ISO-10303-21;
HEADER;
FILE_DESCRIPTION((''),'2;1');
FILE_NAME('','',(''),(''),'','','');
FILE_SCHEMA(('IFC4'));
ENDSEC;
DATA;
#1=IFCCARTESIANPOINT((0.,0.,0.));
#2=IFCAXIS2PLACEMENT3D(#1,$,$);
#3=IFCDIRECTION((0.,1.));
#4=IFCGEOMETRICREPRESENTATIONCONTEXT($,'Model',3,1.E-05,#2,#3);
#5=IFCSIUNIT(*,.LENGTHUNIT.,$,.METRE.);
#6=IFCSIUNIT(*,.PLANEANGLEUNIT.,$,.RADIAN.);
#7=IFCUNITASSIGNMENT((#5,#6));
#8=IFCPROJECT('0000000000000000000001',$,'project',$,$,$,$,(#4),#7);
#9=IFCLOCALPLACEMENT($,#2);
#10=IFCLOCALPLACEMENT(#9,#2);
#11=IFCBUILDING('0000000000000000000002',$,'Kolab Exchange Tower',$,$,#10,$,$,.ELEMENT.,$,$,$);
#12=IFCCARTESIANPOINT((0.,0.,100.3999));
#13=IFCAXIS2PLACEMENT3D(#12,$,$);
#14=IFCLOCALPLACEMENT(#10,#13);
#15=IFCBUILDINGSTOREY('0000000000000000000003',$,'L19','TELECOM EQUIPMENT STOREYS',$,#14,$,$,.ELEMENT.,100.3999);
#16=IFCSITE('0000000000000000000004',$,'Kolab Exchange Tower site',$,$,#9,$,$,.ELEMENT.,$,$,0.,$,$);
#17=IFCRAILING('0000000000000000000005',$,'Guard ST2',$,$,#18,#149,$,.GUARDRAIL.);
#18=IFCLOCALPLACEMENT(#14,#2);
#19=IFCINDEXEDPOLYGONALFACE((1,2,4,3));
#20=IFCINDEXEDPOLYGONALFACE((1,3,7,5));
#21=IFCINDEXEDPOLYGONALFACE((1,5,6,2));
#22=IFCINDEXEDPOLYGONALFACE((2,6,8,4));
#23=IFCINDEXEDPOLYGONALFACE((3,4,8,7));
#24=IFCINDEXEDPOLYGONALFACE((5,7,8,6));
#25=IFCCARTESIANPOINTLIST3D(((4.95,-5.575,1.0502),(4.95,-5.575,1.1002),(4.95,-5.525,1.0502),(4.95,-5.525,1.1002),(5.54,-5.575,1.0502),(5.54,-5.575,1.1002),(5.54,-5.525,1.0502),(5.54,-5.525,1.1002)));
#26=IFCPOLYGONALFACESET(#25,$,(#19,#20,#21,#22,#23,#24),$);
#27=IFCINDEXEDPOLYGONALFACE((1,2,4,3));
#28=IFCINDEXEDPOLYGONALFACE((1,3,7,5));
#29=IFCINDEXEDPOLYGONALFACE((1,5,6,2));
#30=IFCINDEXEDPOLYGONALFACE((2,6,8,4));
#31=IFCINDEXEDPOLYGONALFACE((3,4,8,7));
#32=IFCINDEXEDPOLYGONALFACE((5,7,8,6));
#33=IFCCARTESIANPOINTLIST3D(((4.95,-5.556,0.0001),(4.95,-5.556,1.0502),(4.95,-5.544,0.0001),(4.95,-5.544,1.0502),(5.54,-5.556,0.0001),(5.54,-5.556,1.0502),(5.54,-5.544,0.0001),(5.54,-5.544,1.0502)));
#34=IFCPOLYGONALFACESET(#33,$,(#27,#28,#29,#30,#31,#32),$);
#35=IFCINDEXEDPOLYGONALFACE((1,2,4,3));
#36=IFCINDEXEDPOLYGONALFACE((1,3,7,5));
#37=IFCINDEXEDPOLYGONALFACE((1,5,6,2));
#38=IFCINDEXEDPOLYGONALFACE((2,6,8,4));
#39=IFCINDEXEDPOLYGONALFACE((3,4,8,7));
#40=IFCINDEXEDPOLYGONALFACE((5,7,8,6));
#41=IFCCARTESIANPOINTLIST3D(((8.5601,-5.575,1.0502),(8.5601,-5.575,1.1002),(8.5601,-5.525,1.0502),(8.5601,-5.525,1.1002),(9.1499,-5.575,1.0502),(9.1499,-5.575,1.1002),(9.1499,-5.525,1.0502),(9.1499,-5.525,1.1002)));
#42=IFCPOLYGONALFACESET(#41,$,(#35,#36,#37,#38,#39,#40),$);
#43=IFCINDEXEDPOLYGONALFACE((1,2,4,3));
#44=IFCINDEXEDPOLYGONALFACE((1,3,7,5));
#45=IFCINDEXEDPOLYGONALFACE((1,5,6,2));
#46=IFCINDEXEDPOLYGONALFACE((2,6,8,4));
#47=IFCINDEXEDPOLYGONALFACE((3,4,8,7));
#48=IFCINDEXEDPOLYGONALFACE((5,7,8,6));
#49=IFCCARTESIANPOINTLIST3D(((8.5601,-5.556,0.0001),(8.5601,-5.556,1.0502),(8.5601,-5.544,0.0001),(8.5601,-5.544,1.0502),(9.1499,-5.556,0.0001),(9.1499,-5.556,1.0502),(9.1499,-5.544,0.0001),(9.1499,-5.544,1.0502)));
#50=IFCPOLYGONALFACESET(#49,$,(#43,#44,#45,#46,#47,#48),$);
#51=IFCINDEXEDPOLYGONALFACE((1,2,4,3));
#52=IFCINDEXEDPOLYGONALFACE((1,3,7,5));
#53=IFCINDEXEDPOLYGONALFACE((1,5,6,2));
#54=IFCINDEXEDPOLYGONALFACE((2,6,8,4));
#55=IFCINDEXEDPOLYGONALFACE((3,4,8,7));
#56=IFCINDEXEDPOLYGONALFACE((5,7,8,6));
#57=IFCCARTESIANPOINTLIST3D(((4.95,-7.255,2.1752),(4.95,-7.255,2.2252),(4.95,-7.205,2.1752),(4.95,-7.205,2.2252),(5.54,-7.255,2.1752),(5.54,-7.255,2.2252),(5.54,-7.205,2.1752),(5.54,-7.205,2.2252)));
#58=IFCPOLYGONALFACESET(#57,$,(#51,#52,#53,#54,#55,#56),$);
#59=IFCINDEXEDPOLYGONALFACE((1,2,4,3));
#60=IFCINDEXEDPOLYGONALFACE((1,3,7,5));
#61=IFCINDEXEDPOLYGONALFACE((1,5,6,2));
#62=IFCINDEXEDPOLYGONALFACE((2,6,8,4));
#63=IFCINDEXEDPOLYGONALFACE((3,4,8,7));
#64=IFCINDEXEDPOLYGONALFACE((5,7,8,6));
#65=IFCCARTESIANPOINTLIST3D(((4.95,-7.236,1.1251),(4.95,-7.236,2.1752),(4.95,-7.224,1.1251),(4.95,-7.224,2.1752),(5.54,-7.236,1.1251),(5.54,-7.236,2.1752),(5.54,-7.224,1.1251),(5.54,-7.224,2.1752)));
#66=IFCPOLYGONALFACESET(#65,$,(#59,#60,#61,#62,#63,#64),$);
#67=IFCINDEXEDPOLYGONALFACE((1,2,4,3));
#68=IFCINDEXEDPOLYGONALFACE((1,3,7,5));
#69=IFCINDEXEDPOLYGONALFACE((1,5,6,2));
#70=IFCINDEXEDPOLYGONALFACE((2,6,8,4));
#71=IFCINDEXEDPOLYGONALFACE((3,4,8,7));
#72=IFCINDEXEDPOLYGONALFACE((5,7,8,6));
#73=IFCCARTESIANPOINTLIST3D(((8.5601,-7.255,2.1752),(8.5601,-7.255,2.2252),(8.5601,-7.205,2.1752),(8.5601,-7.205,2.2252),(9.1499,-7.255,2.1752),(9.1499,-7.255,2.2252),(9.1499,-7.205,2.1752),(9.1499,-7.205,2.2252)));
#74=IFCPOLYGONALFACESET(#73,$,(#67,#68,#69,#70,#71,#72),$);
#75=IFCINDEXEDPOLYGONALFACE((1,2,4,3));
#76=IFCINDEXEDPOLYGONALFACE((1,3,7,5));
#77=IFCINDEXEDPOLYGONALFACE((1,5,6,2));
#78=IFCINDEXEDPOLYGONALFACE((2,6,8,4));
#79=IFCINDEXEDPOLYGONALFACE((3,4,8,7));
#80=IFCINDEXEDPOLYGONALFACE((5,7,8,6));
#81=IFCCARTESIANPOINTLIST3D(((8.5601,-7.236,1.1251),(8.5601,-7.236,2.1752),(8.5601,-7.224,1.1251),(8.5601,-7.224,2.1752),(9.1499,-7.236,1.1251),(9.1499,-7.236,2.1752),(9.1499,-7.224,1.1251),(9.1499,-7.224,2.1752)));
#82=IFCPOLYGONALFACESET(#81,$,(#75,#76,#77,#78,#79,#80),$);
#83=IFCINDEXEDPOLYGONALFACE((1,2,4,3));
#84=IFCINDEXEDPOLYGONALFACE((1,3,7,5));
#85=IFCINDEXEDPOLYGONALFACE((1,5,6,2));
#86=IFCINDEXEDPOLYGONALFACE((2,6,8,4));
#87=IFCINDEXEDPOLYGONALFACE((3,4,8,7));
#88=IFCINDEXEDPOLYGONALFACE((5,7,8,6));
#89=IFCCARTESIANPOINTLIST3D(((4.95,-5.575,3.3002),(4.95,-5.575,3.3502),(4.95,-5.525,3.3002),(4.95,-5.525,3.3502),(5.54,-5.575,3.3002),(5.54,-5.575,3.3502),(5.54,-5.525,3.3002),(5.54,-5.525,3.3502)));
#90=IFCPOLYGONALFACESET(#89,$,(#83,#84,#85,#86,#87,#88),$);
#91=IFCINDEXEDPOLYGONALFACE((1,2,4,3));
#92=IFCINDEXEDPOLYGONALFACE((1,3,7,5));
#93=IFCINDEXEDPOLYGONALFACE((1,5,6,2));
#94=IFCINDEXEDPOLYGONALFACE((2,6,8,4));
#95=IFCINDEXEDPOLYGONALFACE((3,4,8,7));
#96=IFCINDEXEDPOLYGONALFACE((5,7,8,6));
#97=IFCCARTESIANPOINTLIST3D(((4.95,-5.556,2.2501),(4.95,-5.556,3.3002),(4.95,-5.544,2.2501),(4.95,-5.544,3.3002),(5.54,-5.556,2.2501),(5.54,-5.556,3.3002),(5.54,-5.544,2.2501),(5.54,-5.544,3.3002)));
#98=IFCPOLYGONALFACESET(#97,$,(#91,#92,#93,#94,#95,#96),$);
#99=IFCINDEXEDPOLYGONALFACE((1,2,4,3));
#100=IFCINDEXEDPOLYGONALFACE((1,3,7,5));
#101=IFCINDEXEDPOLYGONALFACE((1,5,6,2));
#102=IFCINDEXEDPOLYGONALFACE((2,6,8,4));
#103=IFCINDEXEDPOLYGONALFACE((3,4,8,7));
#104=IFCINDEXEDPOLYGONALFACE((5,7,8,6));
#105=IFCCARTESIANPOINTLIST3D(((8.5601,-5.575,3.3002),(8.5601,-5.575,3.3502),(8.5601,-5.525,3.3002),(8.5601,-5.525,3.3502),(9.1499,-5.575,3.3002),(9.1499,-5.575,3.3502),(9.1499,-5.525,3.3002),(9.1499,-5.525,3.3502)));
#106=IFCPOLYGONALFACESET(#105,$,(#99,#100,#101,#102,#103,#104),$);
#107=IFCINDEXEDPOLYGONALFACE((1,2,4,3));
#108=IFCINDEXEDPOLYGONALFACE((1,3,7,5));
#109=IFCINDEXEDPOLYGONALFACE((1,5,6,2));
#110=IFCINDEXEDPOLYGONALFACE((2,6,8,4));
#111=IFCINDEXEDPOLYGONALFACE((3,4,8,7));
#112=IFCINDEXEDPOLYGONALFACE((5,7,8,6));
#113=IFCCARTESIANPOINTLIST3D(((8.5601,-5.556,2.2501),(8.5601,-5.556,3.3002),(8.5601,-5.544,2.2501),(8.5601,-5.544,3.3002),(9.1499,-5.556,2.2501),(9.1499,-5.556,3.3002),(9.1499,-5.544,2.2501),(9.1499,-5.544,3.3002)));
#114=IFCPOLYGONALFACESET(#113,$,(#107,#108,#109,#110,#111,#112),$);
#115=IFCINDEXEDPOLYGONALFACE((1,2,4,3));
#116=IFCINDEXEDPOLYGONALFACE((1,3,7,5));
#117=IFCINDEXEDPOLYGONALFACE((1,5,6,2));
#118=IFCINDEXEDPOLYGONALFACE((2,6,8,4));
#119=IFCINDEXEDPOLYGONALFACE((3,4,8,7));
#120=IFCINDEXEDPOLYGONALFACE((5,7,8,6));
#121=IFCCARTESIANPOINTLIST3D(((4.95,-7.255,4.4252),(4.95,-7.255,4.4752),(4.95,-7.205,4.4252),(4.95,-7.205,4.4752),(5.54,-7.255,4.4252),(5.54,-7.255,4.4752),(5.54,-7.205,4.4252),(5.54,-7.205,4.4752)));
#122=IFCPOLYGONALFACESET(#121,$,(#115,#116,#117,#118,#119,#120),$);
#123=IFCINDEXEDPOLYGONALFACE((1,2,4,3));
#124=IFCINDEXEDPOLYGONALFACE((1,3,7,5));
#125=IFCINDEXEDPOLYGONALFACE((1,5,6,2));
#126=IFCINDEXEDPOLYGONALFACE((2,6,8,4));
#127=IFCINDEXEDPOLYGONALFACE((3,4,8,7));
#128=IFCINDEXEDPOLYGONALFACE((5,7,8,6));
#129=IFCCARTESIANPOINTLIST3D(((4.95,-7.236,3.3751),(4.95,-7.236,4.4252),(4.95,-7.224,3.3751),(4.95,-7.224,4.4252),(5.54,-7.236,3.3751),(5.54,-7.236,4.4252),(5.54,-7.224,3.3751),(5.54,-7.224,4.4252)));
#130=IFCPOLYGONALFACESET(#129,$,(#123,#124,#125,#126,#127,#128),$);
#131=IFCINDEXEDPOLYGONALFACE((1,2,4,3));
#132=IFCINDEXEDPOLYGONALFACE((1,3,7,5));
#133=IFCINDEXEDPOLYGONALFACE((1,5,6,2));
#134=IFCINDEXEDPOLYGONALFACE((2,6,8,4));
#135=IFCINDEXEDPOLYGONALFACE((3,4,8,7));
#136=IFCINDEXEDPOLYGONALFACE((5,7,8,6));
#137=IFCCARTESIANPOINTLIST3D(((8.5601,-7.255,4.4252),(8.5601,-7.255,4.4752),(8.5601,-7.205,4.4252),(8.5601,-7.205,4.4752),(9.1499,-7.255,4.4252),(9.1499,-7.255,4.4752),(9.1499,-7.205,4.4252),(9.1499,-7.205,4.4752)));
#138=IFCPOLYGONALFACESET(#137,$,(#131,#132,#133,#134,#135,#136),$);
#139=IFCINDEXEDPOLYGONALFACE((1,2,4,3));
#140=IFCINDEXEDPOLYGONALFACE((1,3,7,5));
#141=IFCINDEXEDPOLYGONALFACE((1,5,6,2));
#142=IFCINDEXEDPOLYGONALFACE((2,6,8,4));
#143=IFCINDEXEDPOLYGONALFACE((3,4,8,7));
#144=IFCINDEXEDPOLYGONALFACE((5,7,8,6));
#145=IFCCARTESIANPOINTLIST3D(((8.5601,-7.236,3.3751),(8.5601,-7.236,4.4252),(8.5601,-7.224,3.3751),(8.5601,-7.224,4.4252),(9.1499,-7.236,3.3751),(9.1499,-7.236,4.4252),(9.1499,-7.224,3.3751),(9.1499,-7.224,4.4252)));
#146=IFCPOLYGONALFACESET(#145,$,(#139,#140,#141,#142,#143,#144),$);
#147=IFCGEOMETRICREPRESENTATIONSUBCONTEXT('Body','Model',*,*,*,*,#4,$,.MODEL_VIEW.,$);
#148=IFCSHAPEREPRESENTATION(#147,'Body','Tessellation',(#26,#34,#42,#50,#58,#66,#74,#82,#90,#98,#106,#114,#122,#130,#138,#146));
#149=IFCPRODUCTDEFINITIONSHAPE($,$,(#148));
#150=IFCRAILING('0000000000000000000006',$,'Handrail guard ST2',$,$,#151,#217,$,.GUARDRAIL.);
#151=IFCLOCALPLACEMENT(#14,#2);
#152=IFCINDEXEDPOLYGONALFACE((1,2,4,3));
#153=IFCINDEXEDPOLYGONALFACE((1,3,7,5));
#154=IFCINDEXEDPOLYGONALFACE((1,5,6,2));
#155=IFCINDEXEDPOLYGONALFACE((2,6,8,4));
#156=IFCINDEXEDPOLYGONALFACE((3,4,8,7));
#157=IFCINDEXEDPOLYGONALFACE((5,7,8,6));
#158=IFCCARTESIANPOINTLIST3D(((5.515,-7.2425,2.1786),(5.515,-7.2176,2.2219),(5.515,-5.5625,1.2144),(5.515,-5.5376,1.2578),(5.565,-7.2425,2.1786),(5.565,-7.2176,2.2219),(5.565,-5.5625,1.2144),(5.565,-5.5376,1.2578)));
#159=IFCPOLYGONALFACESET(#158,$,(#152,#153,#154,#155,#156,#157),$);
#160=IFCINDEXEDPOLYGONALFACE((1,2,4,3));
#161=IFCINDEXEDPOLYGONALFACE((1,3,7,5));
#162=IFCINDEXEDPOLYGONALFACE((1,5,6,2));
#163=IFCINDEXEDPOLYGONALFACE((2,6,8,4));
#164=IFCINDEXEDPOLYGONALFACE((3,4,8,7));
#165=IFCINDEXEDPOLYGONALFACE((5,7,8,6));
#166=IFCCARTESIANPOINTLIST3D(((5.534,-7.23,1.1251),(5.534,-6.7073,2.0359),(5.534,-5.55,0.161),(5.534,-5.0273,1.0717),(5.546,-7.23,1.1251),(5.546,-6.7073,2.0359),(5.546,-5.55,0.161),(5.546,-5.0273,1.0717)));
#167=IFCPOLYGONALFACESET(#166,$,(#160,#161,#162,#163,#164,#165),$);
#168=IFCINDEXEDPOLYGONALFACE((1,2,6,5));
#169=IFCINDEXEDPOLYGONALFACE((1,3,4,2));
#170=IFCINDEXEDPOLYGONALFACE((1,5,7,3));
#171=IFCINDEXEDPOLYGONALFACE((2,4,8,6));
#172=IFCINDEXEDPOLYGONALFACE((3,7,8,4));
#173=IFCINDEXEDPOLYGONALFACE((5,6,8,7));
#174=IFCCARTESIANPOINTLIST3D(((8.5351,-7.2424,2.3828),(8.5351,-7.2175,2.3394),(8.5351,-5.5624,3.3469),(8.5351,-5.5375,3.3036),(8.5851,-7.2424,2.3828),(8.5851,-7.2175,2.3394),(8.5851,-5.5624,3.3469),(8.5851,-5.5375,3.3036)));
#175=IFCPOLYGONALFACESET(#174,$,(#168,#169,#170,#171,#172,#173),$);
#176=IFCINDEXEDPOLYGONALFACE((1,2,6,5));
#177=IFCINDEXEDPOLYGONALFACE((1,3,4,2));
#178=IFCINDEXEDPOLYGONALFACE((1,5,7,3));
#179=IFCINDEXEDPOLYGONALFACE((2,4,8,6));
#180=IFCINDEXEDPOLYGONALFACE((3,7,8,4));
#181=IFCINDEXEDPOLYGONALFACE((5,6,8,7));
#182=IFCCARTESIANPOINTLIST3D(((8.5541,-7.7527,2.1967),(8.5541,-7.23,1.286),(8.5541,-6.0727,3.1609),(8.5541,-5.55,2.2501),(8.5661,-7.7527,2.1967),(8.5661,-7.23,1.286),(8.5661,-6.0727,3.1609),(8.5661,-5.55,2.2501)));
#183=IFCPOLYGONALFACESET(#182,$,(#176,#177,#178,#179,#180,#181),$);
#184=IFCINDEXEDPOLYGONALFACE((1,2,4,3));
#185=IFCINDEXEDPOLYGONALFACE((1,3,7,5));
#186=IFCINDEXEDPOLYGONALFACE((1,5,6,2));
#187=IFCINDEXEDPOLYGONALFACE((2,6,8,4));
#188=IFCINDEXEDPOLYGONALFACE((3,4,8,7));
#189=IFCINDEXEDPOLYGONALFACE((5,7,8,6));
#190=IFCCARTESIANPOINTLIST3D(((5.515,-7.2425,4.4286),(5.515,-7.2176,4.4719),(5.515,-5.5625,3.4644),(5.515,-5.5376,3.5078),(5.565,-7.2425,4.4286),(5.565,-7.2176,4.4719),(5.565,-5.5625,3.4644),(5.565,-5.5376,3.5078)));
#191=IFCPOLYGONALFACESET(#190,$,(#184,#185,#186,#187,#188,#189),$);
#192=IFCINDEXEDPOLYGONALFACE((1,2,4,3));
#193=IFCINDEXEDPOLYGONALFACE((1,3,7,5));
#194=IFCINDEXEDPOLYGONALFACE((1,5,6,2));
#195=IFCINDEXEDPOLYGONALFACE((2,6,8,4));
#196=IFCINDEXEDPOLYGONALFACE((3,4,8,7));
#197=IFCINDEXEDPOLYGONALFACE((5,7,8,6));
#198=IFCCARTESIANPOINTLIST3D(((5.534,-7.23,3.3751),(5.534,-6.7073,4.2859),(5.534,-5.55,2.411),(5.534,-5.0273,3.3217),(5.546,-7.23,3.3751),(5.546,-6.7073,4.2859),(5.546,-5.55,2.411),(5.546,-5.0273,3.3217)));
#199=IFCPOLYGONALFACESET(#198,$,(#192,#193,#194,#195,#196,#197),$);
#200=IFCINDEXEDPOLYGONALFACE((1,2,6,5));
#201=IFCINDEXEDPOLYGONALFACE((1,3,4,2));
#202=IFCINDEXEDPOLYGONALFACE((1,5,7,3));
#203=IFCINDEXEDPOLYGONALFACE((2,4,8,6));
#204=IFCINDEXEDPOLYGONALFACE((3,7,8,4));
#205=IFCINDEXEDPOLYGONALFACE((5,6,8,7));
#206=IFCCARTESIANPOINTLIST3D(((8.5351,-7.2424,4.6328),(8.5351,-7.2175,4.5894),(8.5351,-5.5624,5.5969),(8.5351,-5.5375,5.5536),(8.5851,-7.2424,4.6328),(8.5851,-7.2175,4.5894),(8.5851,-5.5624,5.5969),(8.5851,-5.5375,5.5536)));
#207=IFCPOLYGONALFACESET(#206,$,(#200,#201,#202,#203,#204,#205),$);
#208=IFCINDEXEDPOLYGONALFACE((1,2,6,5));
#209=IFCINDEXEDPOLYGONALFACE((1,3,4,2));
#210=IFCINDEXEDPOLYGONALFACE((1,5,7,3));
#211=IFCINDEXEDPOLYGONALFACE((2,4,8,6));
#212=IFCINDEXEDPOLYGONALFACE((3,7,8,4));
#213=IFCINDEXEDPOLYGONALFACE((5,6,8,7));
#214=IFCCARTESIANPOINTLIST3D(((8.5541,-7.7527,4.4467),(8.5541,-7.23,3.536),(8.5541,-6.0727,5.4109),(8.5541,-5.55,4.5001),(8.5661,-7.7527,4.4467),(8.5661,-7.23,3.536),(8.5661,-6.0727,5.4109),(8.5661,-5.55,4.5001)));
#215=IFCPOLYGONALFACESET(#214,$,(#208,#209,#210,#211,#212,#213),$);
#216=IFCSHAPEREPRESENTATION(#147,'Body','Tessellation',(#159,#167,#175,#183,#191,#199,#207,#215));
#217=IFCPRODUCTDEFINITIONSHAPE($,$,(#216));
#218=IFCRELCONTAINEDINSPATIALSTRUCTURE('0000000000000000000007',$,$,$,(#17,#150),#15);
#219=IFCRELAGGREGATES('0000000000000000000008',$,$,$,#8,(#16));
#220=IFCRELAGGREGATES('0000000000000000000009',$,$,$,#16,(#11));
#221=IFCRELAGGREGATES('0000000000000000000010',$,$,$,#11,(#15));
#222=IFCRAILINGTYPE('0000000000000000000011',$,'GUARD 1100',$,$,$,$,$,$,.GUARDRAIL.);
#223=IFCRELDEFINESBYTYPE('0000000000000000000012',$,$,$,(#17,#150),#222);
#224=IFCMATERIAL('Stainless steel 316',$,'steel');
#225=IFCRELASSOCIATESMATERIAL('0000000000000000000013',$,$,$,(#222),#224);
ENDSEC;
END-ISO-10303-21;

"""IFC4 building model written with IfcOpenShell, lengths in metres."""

from ifc_helpers import new_model, si_unit, direction, frame, frame_2d, origin, origin_2d, place, context, subcontext, project, spatial, rectangle, extrude, material, type_object, element, save


model = new_model("IFC4")

# Units and contexts
model_context = context("Model", 3, precision=1e-05, world=origin(), true_north=direction((0.0, 1.0)))
body_context = subcontext(model_context, "Body", "Model", "MODEL_VIEW")
ifc_project = project(units=[si_unit("LENGTHUNIT", "METRE"), si_unit("PLANEANGLEUNIT", "RADIAN")], contexts=[model_context])

# Site, building, storey
site_placement = place(None, origin())
site = spatial("IfcSite", under=ifc_project, at=site_placement, Name="Kolab Exchange Tower site", CompositionType="ELEMENT", RefElevation=0.0)
building_placement = place(site_placement, origin())
building = spatial("IfcBuilding", under=site, at=building_placement, Name="Kolab Exchange Tower", CompositionType="ELEMENT")
storey_placement = place(building_placement, frame((0.0, 0.0, 100.3999)))
storey = spatial("IfcBuildingStorey", under=building, at=storey_placement, Name="L19", Description="TELECOM EQUIPMENT STOREYS", CompositionType="ELEMENT", Elevation=100.3999)

# Shared definitions
ifc_material_1 = material(Name="Stainless steel 316", Category="steel")

# Railings
railing_type = type_object("IfcRailingType", Name="GUARD 1100", PredefinedType="GUARDRAIL", material=ifc_material_1)
railing_1_placement = place(storey_placement, frame((4.95, -5.55, 0.0)))
element("IfcRailing", 1, at=railing_1_placement, inside=storey, type_object=railing_type, Name="Guard ST2", PredefinedType="GUARDRAIL", context=body_context, shape_type="SweptSolid", body=[
    extrude(rectangle(XDim=0.05, YDim=0.05, at=origin_2d()), frame((0.0, 0.0, 1.0752), z_axis=(1.0, 0.0, 0.0), x_axis=(0.0, 1.0, 0.0)), (0.0, 0.0, 1.0), 0.5901),
    extrude(rectangle(XDim=0.012, YDim=1.0501, at=frame_2d((0.0, 0.5251))), frame((0.0, 0.0, 0.0), z_axis=(1.0, 0.0, 0.0), x_axis=(0.0, 1.0, 0.0)), (0.0, 0.0, 1.0), 0.5901),
    extrude(rectangle(XDim=0.05, YDim=0.05, at=origin_2d()), frame((3.6101, 0.0, 1.0752), z_axis=(1.0, 0.0, 0.0), x_axis=(0.0, 1.0, 0.0)), (0.0, 0.0, 1.0), 0.5898),
    extrude(rectangle(XDim=0.012, YDim=1.0501, at=frame_2d((0.0, 0.5251))), frame((3.6101, 0.0, 0.0), z_axis=(1.0, 0.0, 0.0), x_axis=(0.0, 1.0, 0.0)), (0.0, 0.0, 1.0), 0.5898),
    extrude(rectangle(XDim=0.05, YDim=0.05, at=origin_2d()), frame((0.0, -1.6799, 2.2002), z_axis=(1.0, 0.0, 0.0), x_axis=(0.0, 1.0, 0.0)), (0.0, 0.0, 1.0), 0.5901),
    extrude(rectangle(XDim=0.012, YDim=1.0501, at=frame_2d((0.0, 0.5251))), frame((0.0, -1.6799, 1.125), z_axis=(1.0, 0.0, 0.0), x_axis=(0.0, 1.0, 0.0)), (0.0, 0.0, 1.0), 0.5901),
    extrude(rectangle(XDim=0.05, YDim=0.05, at=origin_2d()), frame((3.6101, -1.6799, 2.2002), z_axis=(1.0, 0.0, 0.0), x_axis=(0.0, 1.0, 0.0)), (0.0, 0.0, 1.0), 0.5898),
    extrude(rectangle(XDim=0.012, YDim=1.0501, at=frame_2d((0.0, 0.5251))), frame((3.6101, -1.6799, 1.125), z_axis=(1.0, 0.0, 0.0), x_axis=(0.0, 1.0, 0.0)), (0.0, 0.0, 1.0), 0.5898),
    extrude(rectangle(XDim=0.05, YDim=0.05, at=origin_2d()), frame((0.0, 0.0, 3.3252), z_axis=(1.0, 0.0, 0.0), x_axis=(0.0, 1.0, 0.0)), (0.0, 0.0, 1.0), 0.5901),
    extrude(rectangle(XDim=0.012, YDim=1.0501, at=frame_2d((0.0, 0.5251))), frame((0.0, 0.0, 2.25), z_axis=(1.0, 0.0, 0.0), x_axis=(0.0, 1.0, 0.0)), (0.0, 0.0, 1.0), 0.5901),
    extrude(rectangle(XDim=0.05, YDim=0.05, at=origin_2d()), frame((3.6101, 0.0, 3.3252), z_axis=(1.0, 0.0, 0.0), x_axis=(0.0, 1.0, 0.0)), (0.0, 0.0, 1.0), 0.5898),
    extrude(rectangle(XDim=0.012, YDim=1.0501, at=frame_2d((0.0, 0.5251))), frame((3.6101, 0.0, 2.25), z_axis=(1.0, 0.0, 0.0), x_axis=(0.0, 1.0, 0.0)), (0.0, 0.0, 1.0), 0.5898),
    extrude(rectangle(XDim=0.05, YDim=0.05, at=origin_2d()), frame((0.0, -1.6799, 4.4502), z_axis=(1.0, 0.0, 0.0), x_axis=(0.0, 1.0, 0.0)), (0.0, 0.0, 1.0), 0.5901),
    extrude(rectangle(XDim=0.012, YDim=1.0501, at=frame_2d((0.0, 0.5251))), frame((0.0, -1.6799, 3.375), z_axis=(1.0, 0.0, 0.0), x_axis=(0.0, 1.0, 0.0)), (0.0, 0.0, 1.0), 0.5901),
    extrude(rectangle(XDim=0.05, YDim=0.05, at=origin_2d()), frame((3.6101, -1.6799, 4.4502), z_axis=(1.0, 0.0, 0.0), x_axis=(0.0, 1.0, 0.0)), (0.0, 0.0, 1.0), 0.5898),
    extrude(rectangle(XDim=0.012, YDim=1.0501, at=frame_2d((0.0, 0.5251))), frame((3.6101, -1.6799, 3.375), z_axis=(1.0, 0.0, 0.0), x_axis=(0.0, 1.0, 0.0)), (0.0, 0.0, 1.0), 0.5898),
])
railing_2_placement = place(storey_placement, frame((5.54, -5.55, 0.1609)))
element("IfcRailing", 2, at=railing_2_placement, inside=storey, type_object=railing_type, Name="Handrail guard ST2", PredefinedType="GUARDRAIL", context=body_context, shape_type="SweptSolid", body=[
    extrude(rectangle(XDim=0.05, YDim=0.05, at=origin_2d()), frame((0.0, 0.0, 1.0752), z_axis=(0.0, -0.867319, 0.497753), x_axis=(1.0, 0.0, 0.0)), (0.0, 0.0, 1.0), 1.937),
    extrude(rectangle(XDim=0.012, YDim=1.0501, at=frame_2d((0.0, 0.5251))), frame((0.0, 0.0, 0.0), z_axis=(0.0, -0.867319, 0.497753), x_axis=(1.0, 0.0, 0.0)), (0.0, 0.0, 1.0), 1.937),
    extrude(rectangle(XDim=0.05, YDim=0.05, at=origin_2d()), frame((3.02, -1.6799, 2.2002), z_axis=(0.0, 0.867319, 0.497753), x_axis=(-1.0, 0.0, 0.0)), (0.0, 0.0, 1.0), 1.937),
    extrude(rectangle(XDim=0.012, YDim=1.0501, at=frame_2d((0.0, 0.5251))), frame((3.02, -1.6799, 1.125), z_axis=(0.0, 0.867319, 0.497753), x_axis=(-1.0, 0.0, 0.0)), (0.0, 0.0, 1.0), 1.937),
    extrude(rectangle(XDim=0.05, YDim=0.05, at=origin_2d()), frame((0.0, 0.0, 3.3252), z_axis=(0.0, -0.867319, 0.497753), x_axis=(1.0, 0.0, 0.0)), (0.0, 0.0, 1.0), 1.937),
    extrude(rectangle(XDim=0.012, YDim=1.0501, at=frame_2d((0.0, 0.5251))), frame((0.0, 0.0, 2.25), z_axis=(0.0, -0.867319, 0.497753), x_axis=(1.0, 0.0, 0.0)), (0.0, 0.0, 1.0), 1.937),
    extrude(rectangle(XDim=0.05, YDim=0.05, at=origin_2d()), frame((3.02, -1.6799, 4.4502), z_axis=(0.0, 0.867319, 0.497753), x_axis=(-1.0, 0.0, 0.0)), (0.0, 0.0, 1.0), 1.937),
    extrude(rectangle(XDim=0.012, YDim=1.0501, at=frame_2d((0.0, 0.5251))), frame((3.02, -1.6799, 3.375), z_axis=(0.0, 0.867319, 0.497753), x_axis=(-1.0, 0.0, 0.0)), (0.0, 0.0, 1.0), 1.937),
])

save(model, "model.ifc")
